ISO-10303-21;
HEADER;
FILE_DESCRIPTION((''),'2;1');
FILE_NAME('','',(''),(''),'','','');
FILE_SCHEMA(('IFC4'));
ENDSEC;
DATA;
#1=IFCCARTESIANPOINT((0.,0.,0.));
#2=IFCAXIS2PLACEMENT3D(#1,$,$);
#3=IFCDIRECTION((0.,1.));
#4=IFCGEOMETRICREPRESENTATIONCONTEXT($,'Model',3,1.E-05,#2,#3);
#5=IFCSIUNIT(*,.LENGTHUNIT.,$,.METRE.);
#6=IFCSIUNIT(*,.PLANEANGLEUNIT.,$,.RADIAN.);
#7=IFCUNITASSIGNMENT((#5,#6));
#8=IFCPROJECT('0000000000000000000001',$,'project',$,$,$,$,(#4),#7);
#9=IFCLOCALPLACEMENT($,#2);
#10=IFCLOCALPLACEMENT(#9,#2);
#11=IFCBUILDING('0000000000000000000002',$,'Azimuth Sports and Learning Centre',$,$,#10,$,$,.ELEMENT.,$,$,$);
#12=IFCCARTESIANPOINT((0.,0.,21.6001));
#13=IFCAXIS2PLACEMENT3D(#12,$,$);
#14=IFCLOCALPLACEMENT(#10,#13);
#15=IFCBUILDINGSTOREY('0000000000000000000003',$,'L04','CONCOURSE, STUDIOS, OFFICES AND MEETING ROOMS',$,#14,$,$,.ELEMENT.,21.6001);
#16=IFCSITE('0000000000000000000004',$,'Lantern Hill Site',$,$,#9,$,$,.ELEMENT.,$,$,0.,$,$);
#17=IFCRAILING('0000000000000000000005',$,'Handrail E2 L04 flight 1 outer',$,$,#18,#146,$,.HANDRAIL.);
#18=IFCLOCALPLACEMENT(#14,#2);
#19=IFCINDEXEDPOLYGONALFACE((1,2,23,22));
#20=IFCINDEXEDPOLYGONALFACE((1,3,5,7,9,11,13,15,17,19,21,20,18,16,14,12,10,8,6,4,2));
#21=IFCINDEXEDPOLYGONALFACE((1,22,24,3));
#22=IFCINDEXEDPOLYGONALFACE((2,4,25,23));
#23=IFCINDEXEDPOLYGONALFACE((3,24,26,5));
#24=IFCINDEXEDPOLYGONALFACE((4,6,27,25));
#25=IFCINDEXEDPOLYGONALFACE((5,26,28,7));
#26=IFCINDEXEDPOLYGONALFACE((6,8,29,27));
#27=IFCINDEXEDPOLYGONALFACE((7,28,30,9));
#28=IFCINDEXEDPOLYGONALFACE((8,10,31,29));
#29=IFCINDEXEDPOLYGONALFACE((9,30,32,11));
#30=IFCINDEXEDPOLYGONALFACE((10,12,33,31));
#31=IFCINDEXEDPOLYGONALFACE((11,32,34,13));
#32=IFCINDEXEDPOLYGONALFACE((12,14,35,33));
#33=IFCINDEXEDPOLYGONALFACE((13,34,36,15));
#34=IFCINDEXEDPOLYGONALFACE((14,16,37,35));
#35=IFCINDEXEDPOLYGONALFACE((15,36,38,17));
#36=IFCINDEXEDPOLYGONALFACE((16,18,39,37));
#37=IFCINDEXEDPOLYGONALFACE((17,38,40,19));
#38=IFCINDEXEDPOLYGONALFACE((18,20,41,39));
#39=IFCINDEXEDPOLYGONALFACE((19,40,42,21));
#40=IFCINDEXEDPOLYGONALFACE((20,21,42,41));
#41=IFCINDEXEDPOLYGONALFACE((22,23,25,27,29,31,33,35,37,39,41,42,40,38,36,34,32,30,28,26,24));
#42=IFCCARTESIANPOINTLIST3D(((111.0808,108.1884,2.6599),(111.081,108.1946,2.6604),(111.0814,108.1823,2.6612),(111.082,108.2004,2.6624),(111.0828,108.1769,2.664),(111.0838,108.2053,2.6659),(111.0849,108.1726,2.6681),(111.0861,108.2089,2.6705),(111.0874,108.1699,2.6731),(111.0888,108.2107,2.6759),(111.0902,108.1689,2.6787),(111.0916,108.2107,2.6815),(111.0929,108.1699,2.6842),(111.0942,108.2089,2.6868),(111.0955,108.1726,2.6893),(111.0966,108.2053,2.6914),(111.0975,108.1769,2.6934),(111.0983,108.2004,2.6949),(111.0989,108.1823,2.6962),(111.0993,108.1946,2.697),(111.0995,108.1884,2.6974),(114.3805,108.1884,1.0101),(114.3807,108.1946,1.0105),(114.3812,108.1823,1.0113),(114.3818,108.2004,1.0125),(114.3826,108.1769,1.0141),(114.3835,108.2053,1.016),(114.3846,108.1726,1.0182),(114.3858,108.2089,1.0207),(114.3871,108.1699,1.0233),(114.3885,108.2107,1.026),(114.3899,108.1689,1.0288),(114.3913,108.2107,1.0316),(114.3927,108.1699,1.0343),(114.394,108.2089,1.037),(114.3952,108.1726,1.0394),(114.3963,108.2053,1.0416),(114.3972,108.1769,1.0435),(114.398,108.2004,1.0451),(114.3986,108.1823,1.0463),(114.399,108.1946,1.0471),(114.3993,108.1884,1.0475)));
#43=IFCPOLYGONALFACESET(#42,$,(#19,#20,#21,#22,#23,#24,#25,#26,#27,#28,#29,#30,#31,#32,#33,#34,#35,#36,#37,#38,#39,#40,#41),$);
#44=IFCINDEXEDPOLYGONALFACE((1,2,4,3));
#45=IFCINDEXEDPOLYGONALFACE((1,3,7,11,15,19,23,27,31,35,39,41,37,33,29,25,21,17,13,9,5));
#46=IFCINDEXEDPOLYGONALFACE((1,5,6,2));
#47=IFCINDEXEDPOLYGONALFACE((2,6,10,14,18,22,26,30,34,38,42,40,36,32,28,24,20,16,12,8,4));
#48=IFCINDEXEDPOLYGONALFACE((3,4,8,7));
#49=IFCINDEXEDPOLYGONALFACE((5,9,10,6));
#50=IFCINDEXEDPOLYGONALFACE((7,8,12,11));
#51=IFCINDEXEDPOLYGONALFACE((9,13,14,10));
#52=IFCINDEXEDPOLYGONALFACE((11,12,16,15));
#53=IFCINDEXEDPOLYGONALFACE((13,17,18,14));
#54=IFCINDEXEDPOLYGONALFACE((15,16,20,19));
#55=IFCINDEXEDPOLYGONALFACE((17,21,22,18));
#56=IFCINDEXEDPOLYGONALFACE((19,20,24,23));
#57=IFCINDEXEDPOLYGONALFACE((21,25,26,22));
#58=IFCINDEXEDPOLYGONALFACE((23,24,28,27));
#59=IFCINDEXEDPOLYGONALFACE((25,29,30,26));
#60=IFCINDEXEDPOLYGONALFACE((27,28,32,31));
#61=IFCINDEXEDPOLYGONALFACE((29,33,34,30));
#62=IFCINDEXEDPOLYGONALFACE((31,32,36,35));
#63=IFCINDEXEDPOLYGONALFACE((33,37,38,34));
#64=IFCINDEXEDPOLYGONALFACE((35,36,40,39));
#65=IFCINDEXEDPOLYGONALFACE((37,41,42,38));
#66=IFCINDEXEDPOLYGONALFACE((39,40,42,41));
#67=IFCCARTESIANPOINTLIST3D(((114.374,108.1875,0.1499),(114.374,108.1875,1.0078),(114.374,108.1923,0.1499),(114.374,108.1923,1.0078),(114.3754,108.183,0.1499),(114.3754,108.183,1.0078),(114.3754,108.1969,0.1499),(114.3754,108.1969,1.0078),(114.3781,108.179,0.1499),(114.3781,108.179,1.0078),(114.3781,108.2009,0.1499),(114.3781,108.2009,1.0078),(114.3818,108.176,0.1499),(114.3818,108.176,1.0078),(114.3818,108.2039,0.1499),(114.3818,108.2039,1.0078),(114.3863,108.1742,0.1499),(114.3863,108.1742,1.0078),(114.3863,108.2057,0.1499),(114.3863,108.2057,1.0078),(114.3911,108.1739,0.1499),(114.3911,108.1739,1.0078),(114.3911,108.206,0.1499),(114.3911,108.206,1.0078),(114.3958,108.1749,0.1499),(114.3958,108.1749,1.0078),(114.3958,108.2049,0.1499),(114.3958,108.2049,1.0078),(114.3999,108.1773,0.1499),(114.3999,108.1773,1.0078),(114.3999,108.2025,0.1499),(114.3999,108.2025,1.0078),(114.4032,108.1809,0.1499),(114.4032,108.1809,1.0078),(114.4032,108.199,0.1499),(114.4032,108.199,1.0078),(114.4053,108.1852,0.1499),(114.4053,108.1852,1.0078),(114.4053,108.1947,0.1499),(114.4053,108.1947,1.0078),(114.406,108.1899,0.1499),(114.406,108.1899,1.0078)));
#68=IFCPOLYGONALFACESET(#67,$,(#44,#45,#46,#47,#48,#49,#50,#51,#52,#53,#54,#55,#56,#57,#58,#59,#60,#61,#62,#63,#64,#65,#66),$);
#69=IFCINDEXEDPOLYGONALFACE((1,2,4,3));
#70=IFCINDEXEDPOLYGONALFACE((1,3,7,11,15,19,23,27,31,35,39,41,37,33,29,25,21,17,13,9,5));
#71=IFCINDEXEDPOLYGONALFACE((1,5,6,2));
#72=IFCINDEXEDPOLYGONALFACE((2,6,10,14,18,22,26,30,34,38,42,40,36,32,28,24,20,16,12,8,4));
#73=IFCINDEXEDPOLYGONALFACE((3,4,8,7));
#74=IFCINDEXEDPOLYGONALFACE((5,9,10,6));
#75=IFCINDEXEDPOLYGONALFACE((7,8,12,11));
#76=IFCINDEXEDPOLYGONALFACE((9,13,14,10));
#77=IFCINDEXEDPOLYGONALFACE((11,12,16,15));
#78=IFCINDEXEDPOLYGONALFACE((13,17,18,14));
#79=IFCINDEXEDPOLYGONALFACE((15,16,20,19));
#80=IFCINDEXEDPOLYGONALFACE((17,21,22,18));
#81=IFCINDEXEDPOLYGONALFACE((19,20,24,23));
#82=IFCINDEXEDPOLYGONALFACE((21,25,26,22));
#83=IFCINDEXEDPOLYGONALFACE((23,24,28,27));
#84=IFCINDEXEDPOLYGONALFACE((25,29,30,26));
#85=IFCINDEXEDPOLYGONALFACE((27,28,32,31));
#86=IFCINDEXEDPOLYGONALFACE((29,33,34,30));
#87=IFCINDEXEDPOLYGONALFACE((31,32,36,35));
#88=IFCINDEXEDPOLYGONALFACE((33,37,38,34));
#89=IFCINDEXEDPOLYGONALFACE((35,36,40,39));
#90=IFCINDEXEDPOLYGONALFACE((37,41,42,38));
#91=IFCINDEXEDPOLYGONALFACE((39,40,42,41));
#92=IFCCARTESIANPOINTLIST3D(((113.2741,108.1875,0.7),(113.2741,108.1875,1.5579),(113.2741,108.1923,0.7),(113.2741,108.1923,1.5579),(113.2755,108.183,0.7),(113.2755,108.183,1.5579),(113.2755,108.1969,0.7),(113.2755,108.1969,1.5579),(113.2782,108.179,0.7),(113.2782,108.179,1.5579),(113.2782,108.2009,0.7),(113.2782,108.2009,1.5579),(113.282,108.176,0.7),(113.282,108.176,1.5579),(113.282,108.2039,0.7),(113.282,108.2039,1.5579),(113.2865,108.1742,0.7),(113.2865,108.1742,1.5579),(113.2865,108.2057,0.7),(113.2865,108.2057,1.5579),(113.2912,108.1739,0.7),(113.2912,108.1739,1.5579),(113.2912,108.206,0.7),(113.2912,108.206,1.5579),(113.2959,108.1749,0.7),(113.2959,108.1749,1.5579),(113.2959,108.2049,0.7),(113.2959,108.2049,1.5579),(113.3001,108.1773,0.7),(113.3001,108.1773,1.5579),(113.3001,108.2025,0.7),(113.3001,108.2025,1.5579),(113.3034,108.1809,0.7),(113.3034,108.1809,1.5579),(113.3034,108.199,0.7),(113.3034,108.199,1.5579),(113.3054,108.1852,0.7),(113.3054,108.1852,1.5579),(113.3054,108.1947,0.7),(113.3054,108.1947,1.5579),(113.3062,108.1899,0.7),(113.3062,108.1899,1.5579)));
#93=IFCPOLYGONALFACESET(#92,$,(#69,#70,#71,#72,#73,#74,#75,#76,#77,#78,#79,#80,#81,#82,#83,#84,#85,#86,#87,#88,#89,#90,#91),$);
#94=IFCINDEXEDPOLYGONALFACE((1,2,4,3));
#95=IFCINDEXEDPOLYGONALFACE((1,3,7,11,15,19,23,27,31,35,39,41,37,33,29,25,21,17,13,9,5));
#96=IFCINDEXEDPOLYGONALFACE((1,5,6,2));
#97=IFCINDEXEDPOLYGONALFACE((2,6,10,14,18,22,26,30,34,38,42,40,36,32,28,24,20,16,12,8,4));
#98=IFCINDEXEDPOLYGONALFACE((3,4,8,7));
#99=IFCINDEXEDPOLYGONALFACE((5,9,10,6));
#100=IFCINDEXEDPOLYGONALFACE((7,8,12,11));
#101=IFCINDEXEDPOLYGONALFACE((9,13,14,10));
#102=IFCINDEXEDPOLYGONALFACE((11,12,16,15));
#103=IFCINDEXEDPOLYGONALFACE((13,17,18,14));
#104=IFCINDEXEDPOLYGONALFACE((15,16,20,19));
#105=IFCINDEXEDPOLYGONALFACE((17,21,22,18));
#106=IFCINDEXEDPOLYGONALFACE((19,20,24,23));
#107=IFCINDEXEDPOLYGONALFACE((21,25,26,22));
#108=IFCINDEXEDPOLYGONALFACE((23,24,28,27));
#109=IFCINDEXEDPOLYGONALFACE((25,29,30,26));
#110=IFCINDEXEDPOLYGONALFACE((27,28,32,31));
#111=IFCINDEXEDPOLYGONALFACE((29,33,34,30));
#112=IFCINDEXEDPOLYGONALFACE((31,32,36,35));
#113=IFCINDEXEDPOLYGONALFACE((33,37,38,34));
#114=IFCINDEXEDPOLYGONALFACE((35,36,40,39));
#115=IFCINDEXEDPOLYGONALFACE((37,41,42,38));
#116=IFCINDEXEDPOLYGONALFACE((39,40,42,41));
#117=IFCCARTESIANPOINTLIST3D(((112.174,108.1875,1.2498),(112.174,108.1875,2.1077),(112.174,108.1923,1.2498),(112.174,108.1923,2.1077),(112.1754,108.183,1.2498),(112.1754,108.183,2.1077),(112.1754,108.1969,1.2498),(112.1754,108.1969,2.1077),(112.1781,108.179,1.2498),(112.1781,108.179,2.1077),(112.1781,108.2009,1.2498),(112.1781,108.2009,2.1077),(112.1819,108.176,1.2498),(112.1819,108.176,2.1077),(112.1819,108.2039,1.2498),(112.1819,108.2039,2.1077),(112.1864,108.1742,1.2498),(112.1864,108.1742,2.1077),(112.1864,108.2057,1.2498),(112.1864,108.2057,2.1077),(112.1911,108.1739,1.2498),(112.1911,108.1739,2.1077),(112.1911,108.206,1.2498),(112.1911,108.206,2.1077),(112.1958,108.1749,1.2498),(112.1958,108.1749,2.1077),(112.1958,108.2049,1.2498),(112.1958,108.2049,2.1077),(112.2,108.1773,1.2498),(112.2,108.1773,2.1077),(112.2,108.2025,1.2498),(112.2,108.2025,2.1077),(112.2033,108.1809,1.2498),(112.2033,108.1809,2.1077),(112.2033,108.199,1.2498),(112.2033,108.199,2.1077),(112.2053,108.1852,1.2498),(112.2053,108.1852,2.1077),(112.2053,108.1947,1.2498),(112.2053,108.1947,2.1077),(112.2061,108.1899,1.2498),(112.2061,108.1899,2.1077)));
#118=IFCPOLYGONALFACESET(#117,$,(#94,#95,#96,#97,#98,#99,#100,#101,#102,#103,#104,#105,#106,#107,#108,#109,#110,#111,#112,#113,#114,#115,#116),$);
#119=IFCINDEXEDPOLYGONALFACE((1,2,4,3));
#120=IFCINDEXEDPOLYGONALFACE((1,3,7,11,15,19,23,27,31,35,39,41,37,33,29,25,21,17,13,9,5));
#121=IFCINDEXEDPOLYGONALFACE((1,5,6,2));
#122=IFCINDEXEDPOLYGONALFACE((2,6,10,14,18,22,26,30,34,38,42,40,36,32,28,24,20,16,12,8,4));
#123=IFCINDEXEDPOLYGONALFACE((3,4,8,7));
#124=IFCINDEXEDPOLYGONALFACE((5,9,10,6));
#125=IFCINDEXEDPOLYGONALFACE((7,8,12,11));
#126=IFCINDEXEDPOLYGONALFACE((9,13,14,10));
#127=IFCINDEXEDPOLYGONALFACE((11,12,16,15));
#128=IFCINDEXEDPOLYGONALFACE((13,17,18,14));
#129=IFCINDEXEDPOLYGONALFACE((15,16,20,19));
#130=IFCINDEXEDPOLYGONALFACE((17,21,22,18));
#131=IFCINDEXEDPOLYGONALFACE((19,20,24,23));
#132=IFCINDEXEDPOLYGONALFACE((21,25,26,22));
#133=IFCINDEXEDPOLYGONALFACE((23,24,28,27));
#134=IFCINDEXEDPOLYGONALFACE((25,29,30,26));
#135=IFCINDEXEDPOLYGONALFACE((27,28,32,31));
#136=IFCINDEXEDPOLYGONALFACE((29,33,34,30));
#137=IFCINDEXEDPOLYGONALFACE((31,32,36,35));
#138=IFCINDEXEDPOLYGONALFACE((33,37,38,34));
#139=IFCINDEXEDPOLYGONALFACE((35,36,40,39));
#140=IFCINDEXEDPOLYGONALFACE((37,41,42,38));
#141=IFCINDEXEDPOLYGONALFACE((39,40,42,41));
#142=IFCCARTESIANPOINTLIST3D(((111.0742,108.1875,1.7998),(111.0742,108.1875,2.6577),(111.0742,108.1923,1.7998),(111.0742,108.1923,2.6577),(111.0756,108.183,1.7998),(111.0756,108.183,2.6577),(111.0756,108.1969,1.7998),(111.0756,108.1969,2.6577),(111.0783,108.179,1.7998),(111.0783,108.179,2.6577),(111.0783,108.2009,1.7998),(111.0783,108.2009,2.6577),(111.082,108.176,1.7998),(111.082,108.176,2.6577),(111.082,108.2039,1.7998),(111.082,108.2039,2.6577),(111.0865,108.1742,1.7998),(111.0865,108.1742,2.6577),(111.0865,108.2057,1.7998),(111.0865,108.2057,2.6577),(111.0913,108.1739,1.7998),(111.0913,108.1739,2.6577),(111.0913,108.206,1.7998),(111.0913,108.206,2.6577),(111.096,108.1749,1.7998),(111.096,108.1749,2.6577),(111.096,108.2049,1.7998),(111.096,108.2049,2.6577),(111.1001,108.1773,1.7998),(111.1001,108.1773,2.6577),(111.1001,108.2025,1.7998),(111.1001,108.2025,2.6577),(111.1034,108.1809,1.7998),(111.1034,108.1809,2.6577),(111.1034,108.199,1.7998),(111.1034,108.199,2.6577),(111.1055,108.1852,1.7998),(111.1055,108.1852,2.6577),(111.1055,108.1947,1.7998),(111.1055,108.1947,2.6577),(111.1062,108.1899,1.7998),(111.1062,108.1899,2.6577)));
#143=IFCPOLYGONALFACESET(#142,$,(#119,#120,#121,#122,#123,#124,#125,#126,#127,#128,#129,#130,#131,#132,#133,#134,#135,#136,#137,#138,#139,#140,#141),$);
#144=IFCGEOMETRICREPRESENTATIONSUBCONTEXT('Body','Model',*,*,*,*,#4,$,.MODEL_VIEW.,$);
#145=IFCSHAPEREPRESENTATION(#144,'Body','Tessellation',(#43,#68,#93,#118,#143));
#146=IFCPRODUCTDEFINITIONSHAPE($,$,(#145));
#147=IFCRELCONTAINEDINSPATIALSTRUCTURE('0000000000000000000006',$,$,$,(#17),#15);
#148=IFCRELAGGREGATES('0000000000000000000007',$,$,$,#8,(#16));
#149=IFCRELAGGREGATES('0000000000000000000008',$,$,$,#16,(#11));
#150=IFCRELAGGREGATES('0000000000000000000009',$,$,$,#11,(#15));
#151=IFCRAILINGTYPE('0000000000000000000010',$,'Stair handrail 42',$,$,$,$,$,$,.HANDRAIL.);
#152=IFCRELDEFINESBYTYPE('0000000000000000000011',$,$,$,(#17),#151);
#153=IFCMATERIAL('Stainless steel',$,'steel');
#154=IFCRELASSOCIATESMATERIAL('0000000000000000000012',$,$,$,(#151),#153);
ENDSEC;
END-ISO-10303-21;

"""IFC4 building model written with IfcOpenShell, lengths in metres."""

from ifc_helpers import new_model, si_unit, direction, frame, origin, origin_2d, place, context, subcontext, project, spatial, circle, extrude, material, type_object, element, save


model = new_model("IFC4")

# Units and contexts
model_context = context("Model", 3, precision=1e-05, world=origin(), true_north=direction((0.0, 1.0)))
body_context = subcontext(model_context, "Body", "Model", "MODEL_VIEW")
ifc_project = project(units=[si_unit("LENGTHUNIT", "METRE"), si_unit("PLANEANGLEUNIT", "RADIAN")], contexts=[model_context])

# Site, building, storey
site_placement = place(None, origin())
site = spatial("IfcSite", under=ifc_project, at=site_placement, Name="Lantern Hill Site", CompositionType="ELEMENT", RefElevation=0.0)
building_placement = place(site_placement, origin())
building = spatial("IfcBuilding", under=site, at=building_placement, Name="Azimuth Sports and Learning Centre", CompositionType="ELEMENT")
storey_placement = place(building_placement, frame((0.0, 0.0, 21.6001)))
storey = spatial("IfcBuildingStorey", under=building, at=storey_placement, Name="L04", Description="CONCOURSE, STUDIOS, OFFICES AND MEETING ROOMS", CompositionType="ELEMENT", Elevation=21.6001)

# Railing
ifc_material_1 = material(Name="Stainless steel", Category="steel")
railing_type_1 = type_object("IfcRailingType", Name="Stair handrail 42", PredefinedType="HANDRAIL", material=ifc_material_1)
for number, where, name in (
    (1, (114.3899, 108.1899, 0.1499), "Handrail E2 L04 flight 1 outer"),
):
    element("IfcRailing", number, at=place(storey_placement, frame(where)), inside=storey, type_object=railing_type_1, Name=name, PredefinedType="HANDRAIL", context=body_context, shape_type="SweptSolid", body=[
        extrude(circle(Radius=0.021, at=origin_2d()), frame((0.0, 0.0, 0.8789), z_axis=(-0.894427, 0.0, 0.447214), x_axis=(0.0, -1.0, 0.0)), (0.0, 0.0, 1.0), 3.6892),
        extrude(circle(Radius=0.0161, at=origin_2d()), origin(), (0.0, 0.0, 1.0), 0.8579),
        extrude(circle(Radius=0.0161, at=origin_2d()), frame((-1.0999, 0.0, 0.55)), (0.0, 0.0, 1.0), 0.8579),
        extrude(circle(Radius=0.0161, at=origin_2d()), frame((-2.2, 0.0, 1.0999)), (0.0, 0.0, 1.0), 0.8579),
        extrude(circle(Radius=0.0161, at=origin_2d()), frame((-3.2998, 0.0, 1.6499)), (0.0, 0.0, 1.0), 0.8579),
    ])

save(model, "model.ifc")
